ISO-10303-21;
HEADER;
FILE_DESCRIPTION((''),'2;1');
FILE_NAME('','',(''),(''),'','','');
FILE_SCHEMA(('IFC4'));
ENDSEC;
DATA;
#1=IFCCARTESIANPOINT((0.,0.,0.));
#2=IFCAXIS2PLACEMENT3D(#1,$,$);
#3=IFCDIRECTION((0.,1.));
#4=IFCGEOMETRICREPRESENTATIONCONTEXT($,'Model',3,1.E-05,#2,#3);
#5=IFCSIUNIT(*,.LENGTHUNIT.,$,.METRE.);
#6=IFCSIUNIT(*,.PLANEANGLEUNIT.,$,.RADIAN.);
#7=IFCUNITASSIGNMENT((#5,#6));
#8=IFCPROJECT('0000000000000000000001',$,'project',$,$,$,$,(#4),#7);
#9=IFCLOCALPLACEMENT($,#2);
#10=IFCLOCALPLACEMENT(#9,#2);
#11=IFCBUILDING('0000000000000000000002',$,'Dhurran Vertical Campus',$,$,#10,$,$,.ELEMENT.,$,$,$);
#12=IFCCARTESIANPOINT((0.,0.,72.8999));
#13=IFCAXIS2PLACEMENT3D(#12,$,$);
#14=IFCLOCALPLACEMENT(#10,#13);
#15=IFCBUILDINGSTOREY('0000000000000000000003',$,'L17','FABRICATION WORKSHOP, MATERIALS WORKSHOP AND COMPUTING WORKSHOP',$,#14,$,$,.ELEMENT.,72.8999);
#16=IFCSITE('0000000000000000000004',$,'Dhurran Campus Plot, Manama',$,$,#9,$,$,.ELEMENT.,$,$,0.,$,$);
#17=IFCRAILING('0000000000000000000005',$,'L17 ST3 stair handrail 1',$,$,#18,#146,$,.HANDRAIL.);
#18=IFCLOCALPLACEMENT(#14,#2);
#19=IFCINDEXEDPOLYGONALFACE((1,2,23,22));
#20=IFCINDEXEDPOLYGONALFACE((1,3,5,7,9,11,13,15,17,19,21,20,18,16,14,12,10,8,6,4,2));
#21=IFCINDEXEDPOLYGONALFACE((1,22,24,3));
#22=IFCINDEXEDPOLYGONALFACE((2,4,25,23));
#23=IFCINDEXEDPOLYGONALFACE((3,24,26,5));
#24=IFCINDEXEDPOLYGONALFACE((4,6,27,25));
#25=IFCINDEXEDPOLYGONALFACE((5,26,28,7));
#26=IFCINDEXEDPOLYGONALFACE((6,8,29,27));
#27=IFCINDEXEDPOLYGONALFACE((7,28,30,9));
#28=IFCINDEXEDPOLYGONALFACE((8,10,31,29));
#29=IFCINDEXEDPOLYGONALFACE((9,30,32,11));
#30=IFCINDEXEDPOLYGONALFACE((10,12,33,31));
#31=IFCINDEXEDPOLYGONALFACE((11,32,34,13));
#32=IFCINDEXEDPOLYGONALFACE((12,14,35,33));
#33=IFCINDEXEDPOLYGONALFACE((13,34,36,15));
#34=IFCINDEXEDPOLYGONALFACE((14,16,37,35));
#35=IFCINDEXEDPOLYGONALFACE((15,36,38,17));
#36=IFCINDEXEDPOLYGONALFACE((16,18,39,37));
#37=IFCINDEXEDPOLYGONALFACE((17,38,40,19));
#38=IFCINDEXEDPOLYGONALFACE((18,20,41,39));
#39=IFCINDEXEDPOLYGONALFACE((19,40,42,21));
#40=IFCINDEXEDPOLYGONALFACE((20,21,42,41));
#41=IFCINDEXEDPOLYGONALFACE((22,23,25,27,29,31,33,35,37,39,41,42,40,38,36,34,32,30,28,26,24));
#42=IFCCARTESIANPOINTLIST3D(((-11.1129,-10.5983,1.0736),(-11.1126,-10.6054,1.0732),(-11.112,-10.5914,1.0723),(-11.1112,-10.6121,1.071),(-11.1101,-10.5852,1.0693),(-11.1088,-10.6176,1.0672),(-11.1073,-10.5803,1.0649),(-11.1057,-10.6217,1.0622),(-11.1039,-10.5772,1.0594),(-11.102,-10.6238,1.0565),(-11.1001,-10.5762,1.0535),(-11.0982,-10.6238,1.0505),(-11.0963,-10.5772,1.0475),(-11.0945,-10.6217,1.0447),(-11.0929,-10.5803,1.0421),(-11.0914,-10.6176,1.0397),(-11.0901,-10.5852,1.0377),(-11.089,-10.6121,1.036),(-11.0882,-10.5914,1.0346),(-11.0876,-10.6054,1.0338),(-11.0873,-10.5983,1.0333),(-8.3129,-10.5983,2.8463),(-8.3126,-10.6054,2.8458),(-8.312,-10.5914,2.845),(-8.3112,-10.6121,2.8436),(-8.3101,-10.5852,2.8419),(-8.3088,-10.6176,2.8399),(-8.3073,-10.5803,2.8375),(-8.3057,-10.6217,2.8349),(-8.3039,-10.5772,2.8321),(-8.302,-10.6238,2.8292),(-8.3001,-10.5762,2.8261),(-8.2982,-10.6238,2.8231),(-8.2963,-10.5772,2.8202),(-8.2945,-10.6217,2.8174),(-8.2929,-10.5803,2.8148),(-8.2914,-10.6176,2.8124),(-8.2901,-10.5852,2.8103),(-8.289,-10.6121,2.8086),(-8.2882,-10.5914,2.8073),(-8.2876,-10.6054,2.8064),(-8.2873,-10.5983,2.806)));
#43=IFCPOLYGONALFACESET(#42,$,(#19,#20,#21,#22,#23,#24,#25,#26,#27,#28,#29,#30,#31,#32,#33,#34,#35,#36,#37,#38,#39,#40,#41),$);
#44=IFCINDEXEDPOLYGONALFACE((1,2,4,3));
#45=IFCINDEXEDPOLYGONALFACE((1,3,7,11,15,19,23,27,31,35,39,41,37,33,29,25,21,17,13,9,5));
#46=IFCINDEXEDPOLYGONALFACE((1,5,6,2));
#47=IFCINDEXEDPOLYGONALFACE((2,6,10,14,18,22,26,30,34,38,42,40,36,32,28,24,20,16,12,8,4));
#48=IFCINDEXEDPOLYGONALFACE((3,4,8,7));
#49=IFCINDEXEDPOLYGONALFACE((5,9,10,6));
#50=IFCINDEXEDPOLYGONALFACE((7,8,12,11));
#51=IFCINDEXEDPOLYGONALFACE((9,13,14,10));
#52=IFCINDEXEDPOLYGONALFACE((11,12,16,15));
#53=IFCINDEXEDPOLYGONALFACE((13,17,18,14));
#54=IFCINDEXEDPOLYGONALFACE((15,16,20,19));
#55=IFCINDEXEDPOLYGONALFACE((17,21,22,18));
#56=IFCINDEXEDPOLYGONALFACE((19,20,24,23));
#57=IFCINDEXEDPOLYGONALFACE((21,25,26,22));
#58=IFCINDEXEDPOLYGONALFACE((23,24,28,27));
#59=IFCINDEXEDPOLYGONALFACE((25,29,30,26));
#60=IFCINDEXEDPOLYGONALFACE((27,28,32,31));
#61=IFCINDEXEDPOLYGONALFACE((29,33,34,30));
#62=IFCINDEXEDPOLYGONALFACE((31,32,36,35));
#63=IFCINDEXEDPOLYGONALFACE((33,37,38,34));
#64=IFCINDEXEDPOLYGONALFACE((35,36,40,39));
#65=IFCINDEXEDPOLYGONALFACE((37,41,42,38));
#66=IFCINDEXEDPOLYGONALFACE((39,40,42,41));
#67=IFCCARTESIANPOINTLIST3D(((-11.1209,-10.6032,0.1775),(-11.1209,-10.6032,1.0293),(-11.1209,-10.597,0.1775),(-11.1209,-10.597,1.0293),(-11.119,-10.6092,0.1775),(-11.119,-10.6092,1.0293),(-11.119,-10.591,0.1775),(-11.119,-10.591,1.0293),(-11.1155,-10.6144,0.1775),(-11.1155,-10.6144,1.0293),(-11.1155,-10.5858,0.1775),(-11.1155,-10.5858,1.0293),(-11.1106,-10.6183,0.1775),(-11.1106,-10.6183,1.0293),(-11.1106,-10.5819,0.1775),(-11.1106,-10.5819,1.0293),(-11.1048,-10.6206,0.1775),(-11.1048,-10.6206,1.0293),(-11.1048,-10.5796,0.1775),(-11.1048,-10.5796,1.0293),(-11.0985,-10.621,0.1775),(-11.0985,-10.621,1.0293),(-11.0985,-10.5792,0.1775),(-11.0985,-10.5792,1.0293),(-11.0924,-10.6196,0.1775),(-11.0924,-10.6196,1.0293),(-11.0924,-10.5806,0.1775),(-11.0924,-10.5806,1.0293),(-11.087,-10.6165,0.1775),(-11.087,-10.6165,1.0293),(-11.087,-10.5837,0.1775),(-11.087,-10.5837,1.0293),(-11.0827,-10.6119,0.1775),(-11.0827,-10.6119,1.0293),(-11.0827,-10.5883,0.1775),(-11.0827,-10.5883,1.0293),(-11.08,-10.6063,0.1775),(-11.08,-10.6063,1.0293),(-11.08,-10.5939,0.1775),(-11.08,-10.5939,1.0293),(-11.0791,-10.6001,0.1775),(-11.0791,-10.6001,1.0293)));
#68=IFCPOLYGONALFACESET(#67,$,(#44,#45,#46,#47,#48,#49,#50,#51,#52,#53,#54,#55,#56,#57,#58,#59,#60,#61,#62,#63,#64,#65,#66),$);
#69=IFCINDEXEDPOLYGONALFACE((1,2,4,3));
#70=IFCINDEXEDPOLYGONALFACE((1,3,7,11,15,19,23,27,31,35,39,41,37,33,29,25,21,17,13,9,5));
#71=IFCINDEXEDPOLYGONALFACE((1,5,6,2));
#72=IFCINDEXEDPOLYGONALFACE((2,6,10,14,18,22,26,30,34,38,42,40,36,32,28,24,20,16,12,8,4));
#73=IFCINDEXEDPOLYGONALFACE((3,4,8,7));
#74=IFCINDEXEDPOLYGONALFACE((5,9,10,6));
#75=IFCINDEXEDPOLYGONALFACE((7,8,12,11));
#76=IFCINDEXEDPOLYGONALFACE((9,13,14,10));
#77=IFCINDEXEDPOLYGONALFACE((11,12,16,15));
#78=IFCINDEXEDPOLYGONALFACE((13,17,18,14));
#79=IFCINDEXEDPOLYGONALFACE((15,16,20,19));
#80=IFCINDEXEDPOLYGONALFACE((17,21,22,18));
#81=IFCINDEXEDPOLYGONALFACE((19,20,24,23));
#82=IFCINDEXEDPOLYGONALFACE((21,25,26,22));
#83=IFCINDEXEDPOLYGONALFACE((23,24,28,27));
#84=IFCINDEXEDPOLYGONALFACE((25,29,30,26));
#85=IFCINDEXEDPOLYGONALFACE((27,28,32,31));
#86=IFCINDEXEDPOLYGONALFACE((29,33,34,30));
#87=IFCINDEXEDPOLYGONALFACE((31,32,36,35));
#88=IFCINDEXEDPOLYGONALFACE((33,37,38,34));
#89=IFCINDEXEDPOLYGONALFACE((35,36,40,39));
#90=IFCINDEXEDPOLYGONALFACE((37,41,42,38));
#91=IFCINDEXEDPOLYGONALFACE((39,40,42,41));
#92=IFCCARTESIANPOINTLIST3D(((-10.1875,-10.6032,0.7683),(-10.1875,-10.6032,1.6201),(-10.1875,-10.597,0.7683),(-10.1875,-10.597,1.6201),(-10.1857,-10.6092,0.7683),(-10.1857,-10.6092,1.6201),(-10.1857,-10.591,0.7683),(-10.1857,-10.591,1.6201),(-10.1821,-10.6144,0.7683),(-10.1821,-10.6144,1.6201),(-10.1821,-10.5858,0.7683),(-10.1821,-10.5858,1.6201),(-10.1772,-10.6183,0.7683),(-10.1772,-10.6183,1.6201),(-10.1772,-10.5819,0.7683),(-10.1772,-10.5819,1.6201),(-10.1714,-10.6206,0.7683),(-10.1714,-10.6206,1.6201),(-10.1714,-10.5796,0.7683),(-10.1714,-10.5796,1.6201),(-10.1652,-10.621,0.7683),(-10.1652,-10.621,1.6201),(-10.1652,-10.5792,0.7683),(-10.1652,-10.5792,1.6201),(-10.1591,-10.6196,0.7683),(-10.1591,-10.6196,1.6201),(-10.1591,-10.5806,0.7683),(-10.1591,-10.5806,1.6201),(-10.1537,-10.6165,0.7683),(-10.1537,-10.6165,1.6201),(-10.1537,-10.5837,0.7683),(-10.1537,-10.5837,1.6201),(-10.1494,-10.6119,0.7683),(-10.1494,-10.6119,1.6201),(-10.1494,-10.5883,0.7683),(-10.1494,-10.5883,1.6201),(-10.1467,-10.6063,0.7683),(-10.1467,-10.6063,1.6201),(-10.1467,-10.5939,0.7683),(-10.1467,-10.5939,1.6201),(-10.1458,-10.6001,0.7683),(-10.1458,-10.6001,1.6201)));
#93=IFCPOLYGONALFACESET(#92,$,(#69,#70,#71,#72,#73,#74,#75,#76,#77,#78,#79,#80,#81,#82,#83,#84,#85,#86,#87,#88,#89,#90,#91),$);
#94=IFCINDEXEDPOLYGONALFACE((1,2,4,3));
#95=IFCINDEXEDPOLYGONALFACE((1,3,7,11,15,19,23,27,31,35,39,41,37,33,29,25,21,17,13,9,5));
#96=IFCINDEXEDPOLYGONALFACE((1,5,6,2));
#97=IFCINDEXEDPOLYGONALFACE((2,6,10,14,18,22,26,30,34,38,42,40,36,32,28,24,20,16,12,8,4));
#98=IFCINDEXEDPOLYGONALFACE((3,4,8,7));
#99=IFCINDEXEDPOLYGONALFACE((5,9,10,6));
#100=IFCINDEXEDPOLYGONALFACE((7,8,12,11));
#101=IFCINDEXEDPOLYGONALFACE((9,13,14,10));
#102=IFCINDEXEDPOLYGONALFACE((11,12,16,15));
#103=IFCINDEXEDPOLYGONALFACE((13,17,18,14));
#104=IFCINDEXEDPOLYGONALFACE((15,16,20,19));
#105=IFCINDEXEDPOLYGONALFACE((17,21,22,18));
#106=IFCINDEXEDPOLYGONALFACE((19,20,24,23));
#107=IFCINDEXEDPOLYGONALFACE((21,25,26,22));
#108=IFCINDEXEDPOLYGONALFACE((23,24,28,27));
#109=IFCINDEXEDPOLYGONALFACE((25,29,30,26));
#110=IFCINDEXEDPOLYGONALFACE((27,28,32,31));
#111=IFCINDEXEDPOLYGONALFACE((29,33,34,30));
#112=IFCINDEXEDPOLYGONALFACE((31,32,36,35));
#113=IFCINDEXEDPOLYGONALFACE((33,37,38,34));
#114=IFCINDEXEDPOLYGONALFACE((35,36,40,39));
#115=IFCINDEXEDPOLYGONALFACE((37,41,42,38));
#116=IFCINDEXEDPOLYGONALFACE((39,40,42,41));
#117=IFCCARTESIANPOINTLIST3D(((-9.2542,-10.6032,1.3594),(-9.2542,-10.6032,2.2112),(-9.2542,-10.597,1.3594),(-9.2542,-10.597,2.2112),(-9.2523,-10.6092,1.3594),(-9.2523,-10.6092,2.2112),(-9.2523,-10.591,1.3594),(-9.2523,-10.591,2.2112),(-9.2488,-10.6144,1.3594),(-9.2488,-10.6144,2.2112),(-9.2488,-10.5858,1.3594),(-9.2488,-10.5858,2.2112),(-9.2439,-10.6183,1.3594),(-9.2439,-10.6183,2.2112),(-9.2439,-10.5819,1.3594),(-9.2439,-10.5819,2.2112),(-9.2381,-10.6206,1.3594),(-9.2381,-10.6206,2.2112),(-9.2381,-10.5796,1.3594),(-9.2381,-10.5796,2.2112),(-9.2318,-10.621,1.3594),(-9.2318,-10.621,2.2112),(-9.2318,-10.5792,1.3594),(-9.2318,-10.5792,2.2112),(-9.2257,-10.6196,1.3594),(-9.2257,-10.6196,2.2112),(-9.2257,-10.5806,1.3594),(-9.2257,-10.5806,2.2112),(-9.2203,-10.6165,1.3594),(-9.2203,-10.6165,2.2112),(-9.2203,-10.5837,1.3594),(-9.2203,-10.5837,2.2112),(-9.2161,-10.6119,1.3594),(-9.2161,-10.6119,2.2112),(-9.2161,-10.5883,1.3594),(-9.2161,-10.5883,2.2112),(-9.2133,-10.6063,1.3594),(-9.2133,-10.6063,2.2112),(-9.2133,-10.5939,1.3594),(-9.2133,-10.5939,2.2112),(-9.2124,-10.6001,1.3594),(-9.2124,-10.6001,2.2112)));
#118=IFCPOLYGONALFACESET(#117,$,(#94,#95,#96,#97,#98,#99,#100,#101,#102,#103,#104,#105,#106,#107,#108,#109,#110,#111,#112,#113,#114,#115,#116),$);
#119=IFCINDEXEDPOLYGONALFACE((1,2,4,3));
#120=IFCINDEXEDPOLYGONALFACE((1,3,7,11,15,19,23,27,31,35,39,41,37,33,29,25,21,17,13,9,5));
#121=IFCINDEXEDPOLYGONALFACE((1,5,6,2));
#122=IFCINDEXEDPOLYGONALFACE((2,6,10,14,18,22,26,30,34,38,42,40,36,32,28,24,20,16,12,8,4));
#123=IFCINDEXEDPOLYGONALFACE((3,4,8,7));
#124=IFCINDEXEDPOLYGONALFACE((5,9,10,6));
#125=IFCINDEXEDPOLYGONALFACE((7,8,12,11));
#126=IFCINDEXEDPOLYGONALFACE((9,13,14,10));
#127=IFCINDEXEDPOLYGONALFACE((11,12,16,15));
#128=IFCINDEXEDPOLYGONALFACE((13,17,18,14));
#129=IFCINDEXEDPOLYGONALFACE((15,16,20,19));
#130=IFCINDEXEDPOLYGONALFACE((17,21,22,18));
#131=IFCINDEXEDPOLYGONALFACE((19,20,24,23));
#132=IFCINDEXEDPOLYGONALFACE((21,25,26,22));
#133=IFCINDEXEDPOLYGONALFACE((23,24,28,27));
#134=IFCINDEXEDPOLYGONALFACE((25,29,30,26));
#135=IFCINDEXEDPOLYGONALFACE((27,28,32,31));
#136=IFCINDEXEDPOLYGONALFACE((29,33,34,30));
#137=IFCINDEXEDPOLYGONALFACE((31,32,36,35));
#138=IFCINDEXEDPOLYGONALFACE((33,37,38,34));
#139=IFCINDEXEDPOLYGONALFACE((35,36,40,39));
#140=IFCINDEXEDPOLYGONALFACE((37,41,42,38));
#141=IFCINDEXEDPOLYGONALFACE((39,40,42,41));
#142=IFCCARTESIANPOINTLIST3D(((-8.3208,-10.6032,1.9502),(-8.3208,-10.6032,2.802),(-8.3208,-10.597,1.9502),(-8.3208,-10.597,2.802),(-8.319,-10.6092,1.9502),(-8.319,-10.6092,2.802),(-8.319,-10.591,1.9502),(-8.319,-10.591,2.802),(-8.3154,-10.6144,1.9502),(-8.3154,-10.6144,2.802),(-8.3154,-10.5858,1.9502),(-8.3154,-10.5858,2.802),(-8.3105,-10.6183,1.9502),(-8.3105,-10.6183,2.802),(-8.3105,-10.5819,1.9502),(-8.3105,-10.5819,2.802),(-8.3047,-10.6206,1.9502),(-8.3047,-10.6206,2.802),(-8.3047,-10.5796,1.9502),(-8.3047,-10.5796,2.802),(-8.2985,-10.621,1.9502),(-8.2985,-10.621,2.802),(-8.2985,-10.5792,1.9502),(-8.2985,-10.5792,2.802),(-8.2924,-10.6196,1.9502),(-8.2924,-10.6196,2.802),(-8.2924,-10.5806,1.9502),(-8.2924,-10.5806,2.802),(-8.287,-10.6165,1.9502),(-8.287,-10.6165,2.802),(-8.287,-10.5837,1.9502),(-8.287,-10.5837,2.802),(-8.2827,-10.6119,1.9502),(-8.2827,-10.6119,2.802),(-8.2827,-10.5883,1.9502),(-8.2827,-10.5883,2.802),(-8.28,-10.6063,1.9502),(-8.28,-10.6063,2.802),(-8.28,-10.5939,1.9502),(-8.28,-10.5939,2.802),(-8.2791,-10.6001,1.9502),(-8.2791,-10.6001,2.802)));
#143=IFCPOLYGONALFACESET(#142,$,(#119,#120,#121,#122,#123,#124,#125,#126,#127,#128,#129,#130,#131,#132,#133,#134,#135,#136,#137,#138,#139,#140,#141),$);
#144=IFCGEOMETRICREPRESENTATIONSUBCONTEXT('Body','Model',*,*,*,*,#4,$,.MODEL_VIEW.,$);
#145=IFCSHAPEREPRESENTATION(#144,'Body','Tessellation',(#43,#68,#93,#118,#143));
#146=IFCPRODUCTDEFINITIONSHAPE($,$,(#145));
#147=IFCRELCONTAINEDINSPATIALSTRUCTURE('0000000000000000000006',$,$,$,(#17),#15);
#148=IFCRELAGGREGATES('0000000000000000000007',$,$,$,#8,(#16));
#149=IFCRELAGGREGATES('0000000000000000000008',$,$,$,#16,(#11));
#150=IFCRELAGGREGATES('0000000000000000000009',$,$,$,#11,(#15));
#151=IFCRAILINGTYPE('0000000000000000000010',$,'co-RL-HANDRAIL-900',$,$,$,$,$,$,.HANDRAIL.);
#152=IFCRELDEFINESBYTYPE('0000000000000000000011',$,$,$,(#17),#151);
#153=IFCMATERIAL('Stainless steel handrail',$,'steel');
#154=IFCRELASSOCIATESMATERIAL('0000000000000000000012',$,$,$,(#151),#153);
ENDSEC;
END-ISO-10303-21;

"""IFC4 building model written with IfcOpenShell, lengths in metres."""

from ifc_helpers import new_model, si_unit, direction, frame, origin, origin_2d, place, context, subcontext, project, spatial, circle, extrude, material, type_object, element, save


model = new_model("IFC4")

# Units and contexts
model_context = context("Model", 3, precision=1e-05, world=origin(), true_north=direction((0.0, 1.0)))
body_context = subcontext(model_context, "Body", "Model", "MODEL_VIEW")
ifc_project = project(units=[si_unit("LENGTHUNIT", "METRE"), si_unit("PLANEANGLEUNIT", "RADIAN")], contexts=[model_context])

# Site, building, storey
site_placement = place(None, origin())
site = spatial("IfcSite", under=ifc_project, at=site_placement, Name="Dhurran Campus Plot, Manama", CompositionType="ELEMENT", RefElevation=0.0)
building_placement = place(site_placement, origin())
building = spatial("IfcBuilding", under=site, at=building_placement, Name="Dhurran Vertical Campus", CompositionType="ELEMENT")
storey_placement = place(building_placement, frame((0.0, 0.0, 72.8999)))
storey = spatial("IfcBuildingStorey", under=building, at=storey_placement, Name="L17", Description="FABRICATION WORKSHOP, MATERIALS WORKSHOP AND COMPUTING WORKSHOP", CompositionType="ELEMENT", Elevation=72.8999)

# Railing
ifc_material_1 = material(Name="Stainless steel handrail", Category="steel")
railing_type_1 = type_object("IfcRailingType", Name="co-RL-HANDRAIL-900", PredefinedType="HANDRAIL", material=ifc_material_1)
railing_1_placement = place(storey_placement, frame((-11.1001, -10.6001, 0.1775)))
element("IfcRailing", 1, at=railing_1_placement, inside=storey, type_object=railing_type_1, Name="L17 ST3 stair handrail 1", PredefinedType="HANDRAIL", context=body_context, shape_type="SweptSolid", body=[
    extrude(circle(Radius=0.0239, at=origin_2d()), frame((0.0, 0.0, 0.876), z_axis=(0.844909, 0.0, 0.53491), x_axis=(0.0, 1.0, 0.0)), (0.0, 0.0, 1.0), 3.314),
    extrude(circle(Radius=0.021, at=origin_2d()), origin(), (0.0, 0.0, 1.0), 0.8518),
    extrude(circle(Radius=0.021, at=origin_2d()), frame((0.9333, 0.0, 0.5908)), (0.0, 0.0, 1.0), 0.8518),
    extrude(circle(Radius=0.021, at=origin_2d()), frame((1.8667, 0.0, 1.1819)), (0.0, 0.0, 1.0), 0.8518),
    extrude(circle(Radius=0.021, at=origin_2d()), frame((2.8, 0.0, 1.7727)), (0.0, 0.0, 1.0), 0.8518),
])

save(model, "model.ifc")
